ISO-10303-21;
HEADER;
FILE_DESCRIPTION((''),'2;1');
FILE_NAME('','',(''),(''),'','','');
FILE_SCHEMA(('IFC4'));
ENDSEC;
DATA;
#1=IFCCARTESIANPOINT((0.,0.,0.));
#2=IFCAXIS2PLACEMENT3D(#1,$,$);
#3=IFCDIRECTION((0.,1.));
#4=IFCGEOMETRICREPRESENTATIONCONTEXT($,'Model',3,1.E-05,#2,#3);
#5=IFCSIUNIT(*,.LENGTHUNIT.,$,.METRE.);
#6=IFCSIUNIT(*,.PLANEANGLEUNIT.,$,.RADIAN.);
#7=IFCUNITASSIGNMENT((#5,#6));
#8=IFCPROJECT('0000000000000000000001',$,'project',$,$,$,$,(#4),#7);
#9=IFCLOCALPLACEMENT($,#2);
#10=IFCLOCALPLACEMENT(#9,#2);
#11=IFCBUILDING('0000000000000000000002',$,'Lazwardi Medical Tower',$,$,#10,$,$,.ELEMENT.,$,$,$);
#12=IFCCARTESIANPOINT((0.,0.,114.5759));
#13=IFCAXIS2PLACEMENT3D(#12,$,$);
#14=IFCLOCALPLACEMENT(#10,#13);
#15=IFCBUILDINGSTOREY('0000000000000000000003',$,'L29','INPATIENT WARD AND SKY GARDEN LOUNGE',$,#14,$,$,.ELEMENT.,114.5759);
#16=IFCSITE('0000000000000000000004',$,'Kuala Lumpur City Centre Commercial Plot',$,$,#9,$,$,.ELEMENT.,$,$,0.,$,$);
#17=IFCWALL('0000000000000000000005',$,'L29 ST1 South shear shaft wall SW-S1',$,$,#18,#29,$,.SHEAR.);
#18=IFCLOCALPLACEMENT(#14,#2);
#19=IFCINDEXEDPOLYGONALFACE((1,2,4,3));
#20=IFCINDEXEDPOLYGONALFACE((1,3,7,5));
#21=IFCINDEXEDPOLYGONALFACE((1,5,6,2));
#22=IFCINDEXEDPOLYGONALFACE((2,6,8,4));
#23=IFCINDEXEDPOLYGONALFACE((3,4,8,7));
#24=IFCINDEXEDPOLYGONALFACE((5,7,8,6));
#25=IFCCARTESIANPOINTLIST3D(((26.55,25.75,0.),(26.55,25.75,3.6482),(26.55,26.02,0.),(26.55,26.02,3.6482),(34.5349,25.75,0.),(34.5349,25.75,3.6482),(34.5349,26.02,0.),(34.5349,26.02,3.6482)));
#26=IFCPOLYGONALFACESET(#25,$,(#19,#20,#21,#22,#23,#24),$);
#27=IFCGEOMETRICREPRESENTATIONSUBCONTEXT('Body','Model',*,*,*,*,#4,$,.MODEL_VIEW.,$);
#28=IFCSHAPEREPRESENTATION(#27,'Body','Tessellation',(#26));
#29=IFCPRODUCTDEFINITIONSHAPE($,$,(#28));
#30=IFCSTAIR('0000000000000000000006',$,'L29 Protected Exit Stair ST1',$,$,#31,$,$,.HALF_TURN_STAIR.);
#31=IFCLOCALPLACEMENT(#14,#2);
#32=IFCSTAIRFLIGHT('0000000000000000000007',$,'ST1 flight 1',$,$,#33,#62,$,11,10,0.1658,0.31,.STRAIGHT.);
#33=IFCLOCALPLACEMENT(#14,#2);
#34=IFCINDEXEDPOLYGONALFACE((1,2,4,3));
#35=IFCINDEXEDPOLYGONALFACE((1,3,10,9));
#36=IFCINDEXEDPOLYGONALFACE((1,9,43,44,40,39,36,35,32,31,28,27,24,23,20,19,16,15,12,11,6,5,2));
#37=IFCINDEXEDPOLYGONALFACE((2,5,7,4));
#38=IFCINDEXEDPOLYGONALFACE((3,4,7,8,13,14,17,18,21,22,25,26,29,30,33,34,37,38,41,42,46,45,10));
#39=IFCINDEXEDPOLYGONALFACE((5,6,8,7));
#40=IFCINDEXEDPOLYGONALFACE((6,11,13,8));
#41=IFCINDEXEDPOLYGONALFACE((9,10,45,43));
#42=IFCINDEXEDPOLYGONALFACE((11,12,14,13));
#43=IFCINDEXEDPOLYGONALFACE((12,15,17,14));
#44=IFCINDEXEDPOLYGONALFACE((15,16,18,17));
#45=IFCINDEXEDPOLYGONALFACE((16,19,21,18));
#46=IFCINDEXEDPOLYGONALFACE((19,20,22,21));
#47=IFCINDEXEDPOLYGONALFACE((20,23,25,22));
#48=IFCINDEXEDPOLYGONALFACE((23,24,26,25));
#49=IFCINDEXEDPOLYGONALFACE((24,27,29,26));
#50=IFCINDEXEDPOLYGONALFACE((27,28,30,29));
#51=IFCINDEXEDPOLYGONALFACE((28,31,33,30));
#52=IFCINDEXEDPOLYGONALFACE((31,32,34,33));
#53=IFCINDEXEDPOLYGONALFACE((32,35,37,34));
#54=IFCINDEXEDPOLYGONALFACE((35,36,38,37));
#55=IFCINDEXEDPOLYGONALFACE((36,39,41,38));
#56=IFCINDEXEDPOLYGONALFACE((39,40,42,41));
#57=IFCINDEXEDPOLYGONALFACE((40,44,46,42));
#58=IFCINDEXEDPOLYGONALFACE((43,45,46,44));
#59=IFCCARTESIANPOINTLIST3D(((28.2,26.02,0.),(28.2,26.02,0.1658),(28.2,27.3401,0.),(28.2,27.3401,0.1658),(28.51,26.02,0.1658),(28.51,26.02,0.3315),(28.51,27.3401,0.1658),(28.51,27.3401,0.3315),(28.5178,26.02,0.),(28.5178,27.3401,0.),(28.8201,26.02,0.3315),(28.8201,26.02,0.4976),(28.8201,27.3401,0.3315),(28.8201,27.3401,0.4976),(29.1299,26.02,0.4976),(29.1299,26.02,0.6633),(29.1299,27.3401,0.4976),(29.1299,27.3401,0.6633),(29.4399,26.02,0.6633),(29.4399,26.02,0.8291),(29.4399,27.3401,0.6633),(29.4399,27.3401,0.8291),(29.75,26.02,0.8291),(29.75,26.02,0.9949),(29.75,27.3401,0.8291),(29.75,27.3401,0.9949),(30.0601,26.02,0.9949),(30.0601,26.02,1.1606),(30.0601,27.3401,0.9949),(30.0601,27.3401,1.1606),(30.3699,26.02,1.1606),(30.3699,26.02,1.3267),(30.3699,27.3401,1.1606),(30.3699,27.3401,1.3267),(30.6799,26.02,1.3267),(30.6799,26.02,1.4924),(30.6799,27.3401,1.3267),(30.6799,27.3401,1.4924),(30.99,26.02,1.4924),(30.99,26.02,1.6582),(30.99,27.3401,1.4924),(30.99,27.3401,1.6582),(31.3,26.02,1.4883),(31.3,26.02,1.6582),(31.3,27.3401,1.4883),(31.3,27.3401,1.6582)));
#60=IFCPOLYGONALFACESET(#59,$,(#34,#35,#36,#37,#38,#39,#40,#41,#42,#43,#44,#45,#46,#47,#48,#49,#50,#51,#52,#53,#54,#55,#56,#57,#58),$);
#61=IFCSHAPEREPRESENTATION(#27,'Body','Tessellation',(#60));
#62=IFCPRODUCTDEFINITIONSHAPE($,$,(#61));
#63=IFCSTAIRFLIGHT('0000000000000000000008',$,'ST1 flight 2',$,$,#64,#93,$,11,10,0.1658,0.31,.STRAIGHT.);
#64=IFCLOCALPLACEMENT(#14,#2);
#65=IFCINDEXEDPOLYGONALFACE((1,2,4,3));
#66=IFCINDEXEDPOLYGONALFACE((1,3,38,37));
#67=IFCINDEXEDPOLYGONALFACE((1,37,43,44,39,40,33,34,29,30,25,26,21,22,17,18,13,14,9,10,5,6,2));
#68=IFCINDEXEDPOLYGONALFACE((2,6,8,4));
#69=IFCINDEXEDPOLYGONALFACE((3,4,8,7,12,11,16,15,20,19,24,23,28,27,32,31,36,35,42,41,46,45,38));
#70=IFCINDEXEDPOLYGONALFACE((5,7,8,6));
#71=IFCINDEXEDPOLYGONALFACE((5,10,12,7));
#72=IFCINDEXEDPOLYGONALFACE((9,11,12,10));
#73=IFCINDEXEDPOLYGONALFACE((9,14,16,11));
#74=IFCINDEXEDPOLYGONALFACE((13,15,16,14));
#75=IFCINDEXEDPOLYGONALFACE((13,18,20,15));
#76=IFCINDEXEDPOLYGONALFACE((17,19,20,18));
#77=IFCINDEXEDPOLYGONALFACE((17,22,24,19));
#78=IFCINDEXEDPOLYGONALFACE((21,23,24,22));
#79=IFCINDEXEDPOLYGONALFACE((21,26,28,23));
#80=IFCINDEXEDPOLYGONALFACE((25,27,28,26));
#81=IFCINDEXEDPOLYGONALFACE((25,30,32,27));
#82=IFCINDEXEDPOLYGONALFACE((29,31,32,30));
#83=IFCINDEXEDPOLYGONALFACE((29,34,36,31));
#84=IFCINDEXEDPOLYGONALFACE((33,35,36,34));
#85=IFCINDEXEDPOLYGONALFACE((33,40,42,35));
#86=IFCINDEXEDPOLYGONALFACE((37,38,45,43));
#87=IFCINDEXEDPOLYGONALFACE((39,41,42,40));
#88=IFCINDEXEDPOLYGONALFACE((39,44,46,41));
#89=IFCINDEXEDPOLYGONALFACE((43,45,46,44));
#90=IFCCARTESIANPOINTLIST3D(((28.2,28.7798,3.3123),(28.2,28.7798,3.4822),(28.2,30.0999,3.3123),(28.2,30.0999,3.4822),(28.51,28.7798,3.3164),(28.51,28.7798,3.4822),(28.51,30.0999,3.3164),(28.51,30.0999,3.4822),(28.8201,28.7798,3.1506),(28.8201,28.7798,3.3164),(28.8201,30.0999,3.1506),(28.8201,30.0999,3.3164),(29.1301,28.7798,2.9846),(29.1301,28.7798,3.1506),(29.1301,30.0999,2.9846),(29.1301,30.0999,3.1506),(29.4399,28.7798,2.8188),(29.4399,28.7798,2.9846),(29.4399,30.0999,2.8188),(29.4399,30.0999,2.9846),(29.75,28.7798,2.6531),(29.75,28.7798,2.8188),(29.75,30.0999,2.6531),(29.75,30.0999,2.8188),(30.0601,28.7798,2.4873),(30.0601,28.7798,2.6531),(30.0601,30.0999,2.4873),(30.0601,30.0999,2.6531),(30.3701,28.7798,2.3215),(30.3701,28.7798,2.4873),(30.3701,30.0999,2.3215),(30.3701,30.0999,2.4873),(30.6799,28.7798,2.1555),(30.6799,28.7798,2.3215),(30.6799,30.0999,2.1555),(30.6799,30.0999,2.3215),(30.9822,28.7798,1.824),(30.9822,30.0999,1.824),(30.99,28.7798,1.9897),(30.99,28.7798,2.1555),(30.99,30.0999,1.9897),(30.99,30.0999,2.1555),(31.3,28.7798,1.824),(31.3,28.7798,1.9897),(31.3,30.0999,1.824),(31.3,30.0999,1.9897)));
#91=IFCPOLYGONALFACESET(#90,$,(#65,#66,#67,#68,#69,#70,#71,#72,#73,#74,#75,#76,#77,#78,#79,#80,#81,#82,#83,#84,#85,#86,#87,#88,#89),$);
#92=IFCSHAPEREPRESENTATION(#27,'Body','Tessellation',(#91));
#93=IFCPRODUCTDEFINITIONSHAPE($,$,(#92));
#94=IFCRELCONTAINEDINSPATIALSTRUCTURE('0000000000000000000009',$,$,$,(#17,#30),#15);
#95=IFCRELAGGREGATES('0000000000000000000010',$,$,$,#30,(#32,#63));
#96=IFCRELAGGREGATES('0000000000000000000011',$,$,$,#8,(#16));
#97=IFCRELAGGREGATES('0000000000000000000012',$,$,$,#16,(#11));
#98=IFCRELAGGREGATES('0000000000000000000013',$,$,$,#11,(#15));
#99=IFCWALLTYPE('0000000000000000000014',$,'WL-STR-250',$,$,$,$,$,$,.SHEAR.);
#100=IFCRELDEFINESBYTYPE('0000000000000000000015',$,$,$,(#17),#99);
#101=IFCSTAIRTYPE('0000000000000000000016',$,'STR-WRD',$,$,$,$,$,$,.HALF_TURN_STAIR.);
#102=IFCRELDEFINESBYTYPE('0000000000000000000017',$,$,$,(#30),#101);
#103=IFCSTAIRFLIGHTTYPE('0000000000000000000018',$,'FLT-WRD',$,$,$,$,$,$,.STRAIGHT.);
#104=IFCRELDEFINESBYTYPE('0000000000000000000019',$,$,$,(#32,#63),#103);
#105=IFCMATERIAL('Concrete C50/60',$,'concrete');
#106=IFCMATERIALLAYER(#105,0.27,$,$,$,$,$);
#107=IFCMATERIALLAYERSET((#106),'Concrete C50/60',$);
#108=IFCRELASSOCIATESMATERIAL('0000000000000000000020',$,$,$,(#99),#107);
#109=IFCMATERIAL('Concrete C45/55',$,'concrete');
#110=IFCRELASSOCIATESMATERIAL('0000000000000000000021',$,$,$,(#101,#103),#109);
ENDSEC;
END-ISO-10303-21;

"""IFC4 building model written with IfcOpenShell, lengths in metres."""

from ifc_helpers import new_model, si_unit, direction, frame, frame_2d, origin, place, context, subcontext, project, spatial, polyline, rectangle, outline, extrude, material, layer, layer_set, type_object, element, aggregate, save


model = new_model("IFC4")

# Units and contexts
model_context = context("Model", 3, precision=1e-05, world=origin(), true_north=direction((0.0, 1.0)))
body_context = subcontext(model_context, "Body", "Model", "MODEL_VIEW")
ifc_project = project(units=[si_unit("LENGTHUNIT", "METRE"), si_unit("PLANEANGLEUNIT", "RADIAN")], contexts=[model_context])

# Site, building, storey
site_placement = place(None, origin())
site = spatial("IfcSite", under=ifc_project, at=site_placement, Name="Kuala Lumpur City Centre Commercial Plot", CompositionType="ELEMENT", RefElevation=0.0)
building_placement = place(site_placement, origin())
building = spatial("IfcBuilding", under=site, at=building_placement, Name="Lazwardi Medical Tower", CompositionType="ELEMENT")
storey_placement = place(building_placement, frame((0.0, 0.0, 114.5759)))
storey = spatial("IfcBuildingStorey", under=building, at=storey_placement, Name="L29", Description="INPATIENT WARD AND SKY GARDEN LOUNGE", CompositionType="ELEMENT", Elevation=114.5759)

# Wall
ifc_material_1 = material(Name="Concrete C50/60", Category="concrete")
ifc_layer_1 = layer(ifc_material_1, 0.27)
ifc_layer_set_1 = layer_set([ifc_layer_1], Name="Concrete C50/60")
wall_type_1 = type_object("IfcWallType", Name="WL-STR-250", PredefinedType="SHEAR", material=ifc_layer_set_1)
for number, where, z_axis, x_axis, name in (
    (1, (26.55, 25.885, 0.0), (0.0, 0.0, 1.0), (1.0, 0.0, 0.0), "L29 ST1 South shear shaft wall SW-S1"),
):
    element("IfcWall", number, at=place(storey_placement, frame(where, z_axis=z_axis, x_axis=x_axis)), inside=storey, type_object=wall_type_1, Name=name, PredefinedType="SHEAR", context=body_context, shape_type="SweptSolid", body=[
        extrude(rectangle(XDim=7.9849, YDim=0.27, at=frame_2d((3.9924, 0.0))), origin(), (0.0, 0.0, 1.0), 3.6482),
    ])

# Stair, stair flights
ifc_material_2 = material(Name="Concrete C45/55", Category="concrete")
stair_type = type_object("IfcStairType", Name="STR-WRD", PredefinedType="HALF_TURN_STAIR", material=ifc_material_2)
stair_placement = place(storey_placement, origin())
stair = element("IfcStair", 2, at=stair_placement, inside=storey, type_object=stair_type, Name="L29 Protected Exit Stair ST1", PredefinedType="HALF_TURN_STAIR")
stair_flight_type = type_object("IfcStairFlightType", Name="FLT-WRD", PredefinedType="STRAIGHT", material=ifc_material_2)
stair_flight_1_placement = place(storey_placement, frame((28.2, 26.6799, 0.0), z_axis=(0.0, 0.0, 1.0), x_axis=(1.0, 0.0, 0.0)))
stair_flight_1 = element("IfcStairFlight", 3, at=stair_flight_1_placement, type_object=stair_flight_type, Name="ST1 flight 1", NumberOfRisers=11, NumberOfTreads=10, PredefinedType="STRAIGHT", RiserHeight=0.1658, TreadLength=0.31, context=body_context, shape_type="SweptSolid", body=[
    extrude(outline(polyline([(0.0, 0.0), (0.0, 0.1658), (0.3101, 0.1658), (0.3101, 0.3315), (0.6201, 0.3315), (0.6201, 0.4976), (0.9299, 0.4976), (0.9299, 0.6633), (1.24, 0.6633), (1.24, 0.8291), (1.55, 0.8291), (1.55, 0.9949), (1.8601, 0.9949), (1.8601, 1.1606), (2.1699, 1.1606), (2.1699, 1.3267), (2.48, 1.3267), (2.48, 1.4924), (2.79, 1.4924), (2.79, 1.6582), (3.1001, 1.6582), (3.1001, 1.824), (3.1001, 1.4883), (0.3179, 0.0), (0.0, 0.0)])), frame((0.0, 0.6602, 0.0), z_axis=(0.0, -1.0, 0.0), x_axis=(1.0, 0.0, 0.0)), (0.0, 0.0, 1.0), 1.3201),
])
stair_flight_2_placement = place(storey_placement, frame((31.3, 29.4399, 1.824), z_axis=(0.0, 0.0, 1.0), x_axis=(-1.0, 0.0, 0.0)))
stair_flight_2 = element("IfcStairFlight", 4, at=stair_flight_2_placement, type_object=stair_flight_type, Name="ST1 flight 2", NumberOfRisers=11, NumberOfTreads=10, PredefinedType="STRAIGHT", RiserHeight=0.1658, TreadLength=0.31, context=body_context, shape_type="SweptSolid", body=[
    extrude(outline(polyline([(0.0, 0.0), (0.0, 0.1658), (0.3101, 0.1658), (0.3101, 0.3315), (0.6201, 0.3315), (0.6201, 0.4976), (0.9299, 0.4976), (0.9299, 0.6633), (1.24, 0.6633), (1.24, 0.8291), (1.55, 0.8291), (1.55, 0.9949), (1.8601, 0.9949), (1.8601, 1.1606), (2.1699, 1.1606), (2.1699, 1.3267), (2.48, 1.3267), (2.48, 1.4924), (2.79, 1.4924), (2.79, 1.6582), (3.1001, 1.6582), (3.1001, 1.824), (3.1001, 1.4883), (0.3179, 0.0), (0.0, 0.0)])), frame((0.0, 0.6602, 0.0), z_axis=(0.0, -1.0, 0.0), x_axis=(1.0, 0.0, 0.0)), (0.0, 0.0, 1.0), 1.3201),
])
aggregate(stair, [stair_flight_1, stair_flight_2])

save(model, "model.ifc")
